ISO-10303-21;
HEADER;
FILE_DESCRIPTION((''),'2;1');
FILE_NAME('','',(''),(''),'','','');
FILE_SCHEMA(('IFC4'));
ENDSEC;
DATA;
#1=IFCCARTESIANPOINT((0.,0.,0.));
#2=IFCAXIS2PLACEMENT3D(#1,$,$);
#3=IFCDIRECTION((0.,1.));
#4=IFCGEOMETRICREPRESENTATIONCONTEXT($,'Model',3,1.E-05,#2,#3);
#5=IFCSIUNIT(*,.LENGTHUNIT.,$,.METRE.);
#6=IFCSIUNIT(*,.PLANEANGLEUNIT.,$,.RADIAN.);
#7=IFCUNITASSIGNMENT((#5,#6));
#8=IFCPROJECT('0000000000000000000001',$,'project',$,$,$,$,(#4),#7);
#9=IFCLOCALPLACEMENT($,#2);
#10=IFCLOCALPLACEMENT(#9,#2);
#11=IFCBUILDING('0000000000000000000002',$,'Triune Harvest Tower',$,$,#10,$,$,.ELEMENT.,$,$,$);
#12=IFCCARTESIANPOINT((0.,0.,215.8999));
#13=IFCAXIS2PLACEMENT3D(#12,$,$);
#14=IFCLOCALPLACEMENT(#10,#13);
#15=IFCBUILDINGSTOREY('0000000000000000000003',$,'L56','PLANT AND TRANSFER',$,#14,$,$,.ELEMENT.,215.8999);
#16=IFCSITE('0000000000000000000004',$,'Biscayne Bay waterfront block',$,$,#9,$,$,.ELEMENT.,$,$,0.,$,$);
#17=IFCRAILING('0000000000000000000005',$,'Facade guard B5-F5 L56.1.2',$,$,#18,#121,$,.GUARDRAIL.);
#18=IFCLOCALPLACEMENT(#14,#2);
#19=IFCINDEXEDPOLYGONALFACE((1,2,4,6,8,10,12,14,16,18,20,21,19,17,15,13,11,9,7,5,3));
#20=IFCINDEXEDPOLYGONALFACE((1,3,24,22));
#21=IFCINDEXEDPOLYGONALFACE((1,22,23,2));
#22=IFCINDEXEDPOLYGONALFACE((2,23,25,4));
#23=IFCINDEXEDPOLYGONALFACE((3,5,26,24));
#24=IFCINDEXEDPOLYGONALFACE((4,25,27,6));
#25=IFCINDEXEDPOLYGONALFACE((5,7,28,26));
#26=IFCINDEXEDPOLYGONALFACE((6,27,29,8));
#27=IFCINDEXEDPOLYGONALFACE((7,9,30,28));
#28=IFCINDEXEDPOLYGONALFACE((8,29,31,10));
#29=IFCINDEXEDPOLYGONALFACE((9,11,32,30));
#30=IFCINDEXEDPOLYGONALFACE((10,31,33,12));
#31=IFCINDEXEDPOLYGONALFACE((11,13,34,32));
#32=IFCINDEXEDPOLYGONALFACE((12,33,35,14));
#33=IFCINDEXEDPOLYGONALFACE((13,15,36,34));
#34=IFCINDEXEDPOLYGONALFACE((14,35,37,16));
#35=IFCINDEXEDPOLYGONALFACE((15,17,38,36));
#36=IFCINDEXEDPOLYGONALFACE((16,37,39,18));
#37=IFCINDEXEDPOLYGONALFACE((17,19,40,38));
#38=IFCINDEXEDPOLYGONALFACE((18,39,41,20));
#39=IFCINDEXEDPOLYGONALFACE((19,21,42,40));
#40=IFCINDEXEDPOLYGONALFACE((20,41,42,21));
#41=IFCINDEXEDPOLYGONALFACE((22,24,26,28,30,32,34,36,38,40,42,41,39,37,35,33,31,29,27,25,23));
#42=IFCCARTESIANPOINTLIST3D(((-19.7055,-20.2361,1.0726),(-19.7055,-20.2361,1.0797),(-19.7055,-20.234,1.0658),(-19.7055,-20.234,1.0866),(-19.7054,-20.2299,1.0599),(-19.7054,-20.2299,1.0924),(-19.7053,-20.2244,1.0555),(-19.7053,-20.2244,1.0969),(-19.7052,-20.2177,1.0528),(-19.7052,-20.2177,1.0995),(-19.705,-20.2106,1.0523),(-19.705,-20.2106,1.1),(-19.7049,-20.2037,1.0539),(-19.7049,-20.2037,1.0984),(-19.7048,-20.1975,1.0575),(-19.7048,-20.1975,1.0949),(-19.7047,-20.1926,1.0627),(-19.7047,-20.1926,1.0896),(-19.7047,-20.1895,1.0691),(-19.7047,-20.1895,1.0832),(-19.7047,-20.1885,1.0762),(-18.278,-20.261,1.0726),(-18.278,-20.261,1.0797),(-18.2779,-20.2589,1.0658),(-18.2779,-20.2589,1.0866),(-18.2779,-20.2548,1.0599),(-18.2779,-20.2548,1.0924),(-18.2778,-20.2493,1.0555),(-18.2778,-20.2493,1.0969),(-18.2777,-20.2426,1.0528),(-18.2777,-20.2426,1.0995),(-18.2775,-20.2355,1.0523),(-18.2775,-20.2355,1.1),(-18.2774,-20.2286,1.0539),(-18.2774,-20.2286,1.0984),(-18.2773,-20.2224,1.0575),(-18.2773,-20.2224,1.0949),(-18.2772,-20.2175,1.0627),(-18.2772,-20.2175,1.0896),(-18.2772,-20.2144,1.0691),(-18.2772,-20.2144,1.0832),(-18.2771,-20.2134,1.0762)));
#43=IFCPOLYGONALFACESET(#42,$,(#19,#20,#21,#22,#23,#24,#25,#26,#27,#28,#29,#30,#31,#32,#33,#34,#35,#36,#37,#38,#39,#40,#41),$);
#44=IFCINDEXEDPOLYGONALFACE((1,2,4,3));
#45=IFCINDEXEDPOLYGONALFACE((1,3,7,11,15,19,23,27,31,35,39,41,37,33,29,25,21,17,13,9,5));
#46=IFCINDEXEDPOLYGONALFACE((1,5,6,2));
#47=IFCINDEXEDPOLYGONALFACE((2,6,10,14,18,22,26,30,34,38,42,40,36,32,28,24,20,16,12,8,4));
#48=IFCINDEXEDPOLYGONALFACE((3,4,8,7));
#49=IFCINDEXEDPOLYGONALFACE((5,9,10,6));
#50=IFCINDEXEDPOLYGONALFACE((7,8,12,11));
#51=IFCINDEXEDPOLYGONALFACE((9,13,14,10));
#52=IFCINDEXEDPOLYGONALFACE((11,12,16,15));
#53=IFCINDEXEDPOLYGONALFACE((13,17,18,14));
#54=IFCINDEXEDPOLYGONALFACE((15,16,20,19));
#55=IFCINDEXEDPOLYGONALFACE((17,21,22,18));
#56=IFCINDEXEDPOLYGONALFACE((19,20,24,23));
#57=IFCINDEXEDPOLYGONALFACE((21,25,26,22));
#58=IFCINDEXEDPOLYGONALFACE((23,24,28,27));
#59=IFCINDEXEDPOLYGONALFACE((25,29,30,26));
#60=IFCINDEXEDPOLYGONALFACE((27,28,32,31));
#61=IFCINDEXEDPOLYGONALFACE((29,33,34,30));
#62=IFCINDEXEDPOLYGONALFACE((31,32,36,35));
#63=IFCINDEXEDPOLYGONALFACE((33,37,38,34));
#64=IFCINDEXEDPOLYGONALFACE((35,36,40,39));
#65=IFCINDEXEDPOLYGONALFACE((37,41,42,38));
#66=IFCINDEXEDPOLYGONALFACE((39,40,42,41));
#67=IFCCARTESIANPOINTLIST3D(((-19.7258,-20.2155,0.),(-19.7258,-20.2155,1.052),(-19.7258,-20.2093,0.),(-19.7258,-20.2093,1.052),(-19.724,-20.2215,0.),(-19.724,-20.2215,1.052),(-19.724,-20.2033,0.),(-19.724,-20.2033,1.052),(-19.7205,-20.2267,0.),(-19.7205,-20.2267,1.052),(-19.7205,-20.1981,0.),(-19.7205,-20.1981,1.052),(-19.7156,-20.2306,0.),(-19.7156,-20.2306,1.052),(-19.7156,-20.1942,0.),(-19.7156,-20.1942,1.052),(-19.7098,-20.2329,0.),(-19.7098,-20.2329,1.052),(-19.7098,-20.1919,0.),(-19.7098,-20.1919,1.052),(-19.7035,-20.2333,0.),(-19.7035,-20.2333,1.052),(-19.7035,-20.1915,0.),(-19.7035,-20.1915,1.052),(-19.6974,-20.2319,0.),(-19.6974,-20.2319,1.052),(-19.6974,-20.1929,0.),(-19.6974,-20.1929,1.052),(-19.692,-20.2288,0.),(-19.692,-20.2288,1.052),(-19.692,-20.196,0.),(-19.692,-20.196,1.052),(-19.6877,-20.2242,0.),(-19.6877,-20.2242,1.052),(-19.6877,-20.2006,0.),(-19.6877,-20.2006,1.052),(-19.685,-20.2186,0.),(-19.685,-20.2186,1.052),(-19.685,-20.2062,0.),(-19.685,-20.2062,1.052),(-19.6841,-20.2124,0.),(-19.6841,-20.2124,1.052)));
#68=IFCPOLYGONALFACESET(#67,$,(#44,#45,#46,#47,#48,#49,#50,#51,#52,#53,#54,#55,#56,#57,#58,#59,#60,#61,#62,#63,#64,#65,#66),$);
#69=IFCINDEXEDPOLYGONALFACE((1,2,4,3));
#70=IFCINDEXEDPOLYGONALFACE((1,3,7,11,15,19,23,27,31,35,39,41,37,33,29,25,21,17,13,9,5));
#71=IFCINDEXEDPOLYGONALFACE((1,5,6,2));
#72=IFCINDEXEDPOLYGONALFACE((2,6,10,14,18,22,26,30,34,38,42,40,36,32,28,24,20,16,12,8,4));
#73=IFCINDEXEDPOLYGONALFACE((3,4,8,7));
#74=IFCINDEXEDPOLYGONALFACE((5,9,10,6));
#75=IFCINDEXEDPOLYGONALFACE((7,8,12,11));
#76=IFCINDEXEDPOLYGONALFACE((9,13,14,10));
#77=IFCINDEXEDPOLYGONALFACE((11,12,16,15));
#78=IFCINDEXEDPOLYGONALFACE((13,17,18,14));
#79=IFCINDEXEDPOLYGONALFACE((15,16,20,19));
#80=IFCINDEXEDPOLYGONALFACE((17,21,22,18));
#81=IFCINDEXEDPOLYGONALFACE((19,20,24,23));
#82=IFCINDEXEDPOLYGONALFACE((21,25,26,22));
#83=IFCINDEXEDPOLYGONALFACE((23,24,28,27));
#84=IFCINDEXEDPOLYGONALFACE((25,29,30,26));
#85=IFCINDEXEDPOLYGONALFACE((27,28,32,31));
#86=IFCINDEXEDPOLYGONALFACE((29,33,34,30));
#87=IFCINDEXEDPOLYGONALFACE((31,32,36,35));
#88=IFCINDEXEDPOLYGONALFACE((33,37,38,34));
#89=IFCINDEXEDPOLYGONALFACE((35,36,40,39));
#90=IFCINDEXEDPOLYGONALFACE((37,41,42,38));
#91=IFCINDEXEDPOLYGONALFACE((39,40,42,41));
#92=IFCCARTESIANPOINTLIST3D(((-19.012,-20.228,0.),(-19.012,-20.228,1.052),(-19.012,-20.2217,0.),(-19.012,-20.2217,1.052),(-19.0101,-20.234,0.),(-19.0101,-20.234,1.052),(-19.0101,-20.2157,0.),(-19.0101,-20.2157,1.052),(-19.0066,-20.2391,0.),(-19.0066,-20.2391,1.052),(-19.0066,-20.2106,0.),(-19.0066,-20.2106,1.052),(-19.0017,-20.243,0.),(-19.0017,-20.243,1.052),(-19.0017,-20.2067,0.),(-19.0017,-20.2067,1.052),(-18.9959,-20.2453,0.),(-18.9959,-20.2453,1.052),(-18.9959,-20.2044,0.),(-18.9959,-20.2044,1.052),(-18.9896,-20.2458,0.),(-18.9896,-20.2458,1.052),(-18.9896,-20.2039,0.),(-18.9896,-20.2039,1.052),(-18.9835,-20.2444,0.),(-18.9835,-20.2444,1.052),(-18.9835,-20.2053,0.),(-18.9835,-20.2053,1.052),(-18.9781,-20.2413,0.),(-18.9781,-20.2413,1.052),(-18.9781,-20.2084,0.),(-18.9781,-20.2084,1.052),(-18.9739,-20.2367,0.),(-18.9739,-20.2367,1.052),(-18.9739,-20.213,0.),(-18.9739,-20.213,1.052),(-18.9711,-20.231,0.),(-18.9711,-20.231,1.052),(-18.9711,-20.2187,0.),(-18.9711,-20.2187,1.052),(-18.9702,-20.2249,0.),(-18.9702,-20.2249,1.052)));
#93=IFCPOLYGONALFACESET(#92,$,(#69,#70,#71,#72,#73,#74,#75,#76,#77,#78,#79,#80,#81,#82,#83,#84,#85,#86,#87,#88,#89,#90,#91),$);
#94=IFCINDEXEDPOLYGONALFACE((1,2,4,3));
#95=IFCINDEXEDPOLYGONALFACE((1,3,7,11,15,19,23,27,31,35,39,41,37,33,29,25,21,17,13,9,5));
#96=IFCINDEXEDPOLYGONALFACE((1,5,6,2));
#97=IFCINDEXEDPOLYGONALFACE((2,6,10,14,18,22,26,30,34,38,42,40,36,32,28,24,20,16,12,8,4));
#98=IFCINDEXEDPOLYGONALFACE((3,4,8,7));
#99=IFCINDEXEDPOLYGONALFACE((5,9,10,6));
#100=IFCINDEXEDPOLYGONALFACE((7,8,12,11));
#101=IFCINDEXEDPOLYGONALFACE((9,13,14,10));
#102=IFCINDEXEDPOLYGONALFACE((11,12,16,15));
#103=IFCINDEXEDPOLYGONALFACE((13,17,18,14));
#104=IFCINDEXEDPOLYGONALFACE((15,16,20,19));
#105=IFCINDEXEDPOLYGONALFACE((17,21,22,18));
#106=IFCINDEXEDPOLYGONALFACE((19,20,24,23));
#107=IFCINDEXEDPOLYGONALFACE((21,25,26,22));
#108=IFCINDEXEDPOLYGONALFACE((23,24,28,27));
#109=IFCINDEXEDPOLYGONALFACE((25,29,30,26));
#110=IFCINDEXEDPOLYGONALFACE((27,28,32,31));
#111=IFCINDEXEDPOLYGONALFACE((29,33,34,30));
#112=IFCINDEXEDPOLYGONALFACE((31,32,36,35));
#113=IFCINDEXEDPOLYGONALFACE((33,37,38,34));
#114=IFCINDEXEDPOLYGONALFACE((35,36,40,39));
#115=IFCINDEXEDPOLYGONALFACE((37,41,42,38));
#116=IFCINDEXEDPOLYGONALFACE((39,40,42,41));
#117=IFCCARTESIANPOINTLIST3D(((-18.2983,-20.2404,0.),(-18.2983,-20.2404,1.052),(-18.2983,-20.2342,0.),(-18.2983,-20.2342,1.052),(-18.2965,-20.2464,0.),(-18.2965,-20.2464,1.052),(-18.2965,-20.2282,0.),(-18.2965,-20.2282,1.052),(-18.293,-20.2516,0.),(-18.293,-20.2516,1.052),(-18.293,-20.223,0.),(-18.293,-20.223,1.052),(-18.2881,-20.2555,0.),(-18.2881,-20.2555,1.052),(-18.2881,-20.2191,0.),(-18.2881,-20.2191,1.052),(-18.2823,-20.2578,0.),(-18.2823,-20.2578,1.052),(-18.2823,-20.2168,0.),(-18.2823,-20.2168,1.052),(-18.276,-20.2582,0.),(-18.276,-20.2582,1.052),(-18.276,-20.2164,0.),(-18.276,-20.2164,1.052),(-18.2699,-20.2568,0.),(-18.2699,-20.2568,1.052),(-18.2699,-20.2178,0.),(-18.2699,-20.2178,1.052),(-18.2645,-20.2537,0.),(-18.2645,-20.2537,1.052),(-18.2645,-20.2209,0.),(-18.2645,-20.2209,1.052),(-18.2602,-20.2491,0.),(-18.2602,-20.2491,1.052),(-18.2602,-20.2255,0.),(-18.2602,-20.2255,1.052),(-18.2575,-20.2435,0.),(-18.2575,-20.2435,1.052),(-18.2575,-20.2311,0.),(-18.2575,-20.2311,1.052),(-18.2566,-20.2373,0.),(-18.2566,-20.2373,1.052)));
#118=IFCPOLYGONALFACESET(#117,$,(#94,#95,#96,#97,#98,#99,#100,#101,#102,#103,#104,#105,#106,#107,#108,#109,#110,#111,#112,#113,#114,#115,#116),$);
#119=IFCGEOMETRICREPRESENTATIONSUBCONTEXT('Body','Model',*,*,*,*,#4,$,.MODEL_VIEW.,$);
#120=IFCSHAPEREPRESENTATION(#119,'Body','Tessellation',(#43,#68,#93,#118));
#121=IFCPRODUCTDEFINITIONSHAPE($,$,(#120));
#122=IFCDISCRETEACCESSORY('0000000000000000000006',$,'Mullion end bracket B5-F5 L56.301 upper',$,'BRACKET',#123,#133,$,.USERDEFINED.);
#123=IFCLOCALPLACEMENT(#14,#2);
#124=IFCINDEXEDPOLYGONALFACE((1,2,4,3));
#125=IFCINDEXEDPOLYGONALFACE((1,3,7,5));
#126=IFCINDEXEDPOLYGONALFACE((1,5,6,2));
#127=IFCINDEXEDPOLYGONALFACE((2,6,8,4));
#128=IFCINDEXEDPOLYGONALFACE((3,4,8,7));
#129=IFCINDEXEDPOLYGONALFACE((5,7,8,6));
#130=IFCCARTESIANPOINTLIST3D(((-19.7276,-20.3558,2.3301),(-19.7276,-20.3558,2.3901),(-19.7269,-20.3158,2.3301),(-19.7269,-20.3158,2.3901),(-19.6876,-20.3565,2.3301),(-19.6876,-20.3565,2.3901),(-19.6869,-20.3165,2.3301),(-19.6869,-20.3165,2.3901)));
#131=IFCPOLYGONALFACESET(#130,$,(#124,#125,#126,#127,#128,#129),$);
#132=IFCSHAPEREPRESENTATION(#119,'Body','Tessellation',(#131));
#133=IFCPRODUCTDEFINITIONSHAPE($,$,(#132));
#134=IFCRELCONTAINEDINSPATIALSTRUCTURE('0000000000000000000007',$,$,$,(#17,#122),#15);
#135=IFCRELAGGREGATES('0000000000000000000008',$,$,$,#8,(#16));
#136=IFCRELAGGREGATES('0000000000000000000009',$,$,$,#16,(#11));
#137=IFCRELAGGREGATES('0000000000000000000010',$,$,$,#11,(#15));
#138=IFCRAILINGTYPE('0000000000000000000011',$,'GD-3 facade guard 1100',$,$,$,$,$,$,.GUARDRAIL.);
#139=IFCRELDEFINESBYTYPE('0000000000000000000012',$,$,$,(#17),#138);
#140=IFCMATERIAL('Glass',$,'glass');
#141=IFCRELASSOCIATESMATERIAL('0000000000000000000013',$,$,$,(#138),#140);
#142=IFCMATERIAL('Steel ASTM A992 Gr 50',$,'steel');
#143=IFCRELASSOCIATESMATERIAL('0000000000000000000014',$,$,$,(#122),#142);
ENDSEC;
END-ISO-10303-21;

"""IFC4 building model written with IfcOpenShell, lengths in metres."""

from ifc_helpers import new_model, si_unit, direction, frame, origin, origin_2d, place, context, subcontext, project, spatial, rectangle, circle, extrude, source, transform, mapped, material, type_object, element, save


model = new_model("IFC4")

# Units and contexts
model_context = context("Model", 3, precision=1e-05, world=origin(), true_north=direction((0.0, 1.0)))
body_context = subcontext(model_context, "Body", "Model", "MODEL_VIEW")
ifc_project = project(units=[si_unit("LENGTHUNIT", "METRE"), si_unit("PLANEANGLEUNIT", "RADIAN")], contexts=[model_context])

# Site, building, storey
site_placement = place(None, origin())
site = spatial("IfcSite", under=ifc_project, at=site_placement, Name="Biscayne Bay waterfront block", CompositionType="ELEMENT", RefElevation=0.0)
building_placement = place(site_placement, origin())
building = spatial("IfcBuilding", under=site, at=building_placement, Name="Triune Harvest Tower", CompositionType="ELEMENT")
storey_placement = place(building_placement, frame((0.0, 0.0, 215.8999)))
storey = spatial("IfcBuildingStorey", under=building, at=storey_placement, Name="L56", Description="PLANT AND TRANSFER", CompositionType="ELEMENT", Elevation=215.8999)

# Railing
ifc_material_1 = material(Name="Glass", Category="glass")
railing_type = type_object("IfcRailingType", Name="GD-3 facade guard 1100", PredefinedType="GUARDRAIL", material=ifc_material_1)
railing_1_placement = place(storey_placement, frame((-19.7051, -20.2124, 0.0)))
element("IfcRailing", 1, at=railing_1_placement, inside=storey, type_object=railing_type, Name="Facade guard B5-F5 L56.1.2", PredefinedType="GUARDRAIL", context=body_context, shape_type="SweptSolid", body=[
    extrude(circle(Radius=0.0239, at=origin_2d()), frame((0.0, 0.0, 1.0762), z_axis=(0.999848, -0.017442, 0.0), x_axis=(0.017442, 0.999848, 0.0)), (0.0, 0.0, 1.0), 1.4277),
    extrude(circle(Radius=0.021, at=origin_2d()), origin(), (0.0, 0.0, 1.0), 1.052),
    extrude(circle(Radius=0.021, at=origin_2d()), frame((0.7139, -0.0125, 0.0)), (0.0, 0.0, 1.0), 1.052),
    extrude(circle(Radius=0.021, at=origin_2d()), frame((1.4275, -0.0249, 0.0)), (0.0, 0.0, 1.0), 1.052),
])

# Discrete accessory
ifc_material_2 = material(Name="Steel ASTM A992 Gr 50", Category="steel")
shared_shape_1 = source(origin(), body_context, "Body", "SweptSolid", [
    extrude(rectangle(XDim=0.04, YDim=0.04, at=origin_2d()), origin(), (0.0, 0.0, 1.0), 0.0601),
])
discrete_accessory_placement = place(storey_placement, frame((-19.7073, -20.3362, 2.3301), z_axis=(0.0, 0.0, 1.0), x_axis=(0.999848, -0.017459, 0.0)))
element("IfcDiscreteAccessory", 2, at=discrete_accessory_placement, inside=storey, material=ifc_material_2, Name="Mullion end bracket B5-F5 L56.301 upper", ObjectType="BRACKET", PredefinedType="USERDEFINED", context=body_context, shape_type="MappedRepresentation", body=[
    mapped(shared_shape_1, transform((0.0, 0.0, 0.0), scale=1.0)),
])

save(model, "model.ifc")
